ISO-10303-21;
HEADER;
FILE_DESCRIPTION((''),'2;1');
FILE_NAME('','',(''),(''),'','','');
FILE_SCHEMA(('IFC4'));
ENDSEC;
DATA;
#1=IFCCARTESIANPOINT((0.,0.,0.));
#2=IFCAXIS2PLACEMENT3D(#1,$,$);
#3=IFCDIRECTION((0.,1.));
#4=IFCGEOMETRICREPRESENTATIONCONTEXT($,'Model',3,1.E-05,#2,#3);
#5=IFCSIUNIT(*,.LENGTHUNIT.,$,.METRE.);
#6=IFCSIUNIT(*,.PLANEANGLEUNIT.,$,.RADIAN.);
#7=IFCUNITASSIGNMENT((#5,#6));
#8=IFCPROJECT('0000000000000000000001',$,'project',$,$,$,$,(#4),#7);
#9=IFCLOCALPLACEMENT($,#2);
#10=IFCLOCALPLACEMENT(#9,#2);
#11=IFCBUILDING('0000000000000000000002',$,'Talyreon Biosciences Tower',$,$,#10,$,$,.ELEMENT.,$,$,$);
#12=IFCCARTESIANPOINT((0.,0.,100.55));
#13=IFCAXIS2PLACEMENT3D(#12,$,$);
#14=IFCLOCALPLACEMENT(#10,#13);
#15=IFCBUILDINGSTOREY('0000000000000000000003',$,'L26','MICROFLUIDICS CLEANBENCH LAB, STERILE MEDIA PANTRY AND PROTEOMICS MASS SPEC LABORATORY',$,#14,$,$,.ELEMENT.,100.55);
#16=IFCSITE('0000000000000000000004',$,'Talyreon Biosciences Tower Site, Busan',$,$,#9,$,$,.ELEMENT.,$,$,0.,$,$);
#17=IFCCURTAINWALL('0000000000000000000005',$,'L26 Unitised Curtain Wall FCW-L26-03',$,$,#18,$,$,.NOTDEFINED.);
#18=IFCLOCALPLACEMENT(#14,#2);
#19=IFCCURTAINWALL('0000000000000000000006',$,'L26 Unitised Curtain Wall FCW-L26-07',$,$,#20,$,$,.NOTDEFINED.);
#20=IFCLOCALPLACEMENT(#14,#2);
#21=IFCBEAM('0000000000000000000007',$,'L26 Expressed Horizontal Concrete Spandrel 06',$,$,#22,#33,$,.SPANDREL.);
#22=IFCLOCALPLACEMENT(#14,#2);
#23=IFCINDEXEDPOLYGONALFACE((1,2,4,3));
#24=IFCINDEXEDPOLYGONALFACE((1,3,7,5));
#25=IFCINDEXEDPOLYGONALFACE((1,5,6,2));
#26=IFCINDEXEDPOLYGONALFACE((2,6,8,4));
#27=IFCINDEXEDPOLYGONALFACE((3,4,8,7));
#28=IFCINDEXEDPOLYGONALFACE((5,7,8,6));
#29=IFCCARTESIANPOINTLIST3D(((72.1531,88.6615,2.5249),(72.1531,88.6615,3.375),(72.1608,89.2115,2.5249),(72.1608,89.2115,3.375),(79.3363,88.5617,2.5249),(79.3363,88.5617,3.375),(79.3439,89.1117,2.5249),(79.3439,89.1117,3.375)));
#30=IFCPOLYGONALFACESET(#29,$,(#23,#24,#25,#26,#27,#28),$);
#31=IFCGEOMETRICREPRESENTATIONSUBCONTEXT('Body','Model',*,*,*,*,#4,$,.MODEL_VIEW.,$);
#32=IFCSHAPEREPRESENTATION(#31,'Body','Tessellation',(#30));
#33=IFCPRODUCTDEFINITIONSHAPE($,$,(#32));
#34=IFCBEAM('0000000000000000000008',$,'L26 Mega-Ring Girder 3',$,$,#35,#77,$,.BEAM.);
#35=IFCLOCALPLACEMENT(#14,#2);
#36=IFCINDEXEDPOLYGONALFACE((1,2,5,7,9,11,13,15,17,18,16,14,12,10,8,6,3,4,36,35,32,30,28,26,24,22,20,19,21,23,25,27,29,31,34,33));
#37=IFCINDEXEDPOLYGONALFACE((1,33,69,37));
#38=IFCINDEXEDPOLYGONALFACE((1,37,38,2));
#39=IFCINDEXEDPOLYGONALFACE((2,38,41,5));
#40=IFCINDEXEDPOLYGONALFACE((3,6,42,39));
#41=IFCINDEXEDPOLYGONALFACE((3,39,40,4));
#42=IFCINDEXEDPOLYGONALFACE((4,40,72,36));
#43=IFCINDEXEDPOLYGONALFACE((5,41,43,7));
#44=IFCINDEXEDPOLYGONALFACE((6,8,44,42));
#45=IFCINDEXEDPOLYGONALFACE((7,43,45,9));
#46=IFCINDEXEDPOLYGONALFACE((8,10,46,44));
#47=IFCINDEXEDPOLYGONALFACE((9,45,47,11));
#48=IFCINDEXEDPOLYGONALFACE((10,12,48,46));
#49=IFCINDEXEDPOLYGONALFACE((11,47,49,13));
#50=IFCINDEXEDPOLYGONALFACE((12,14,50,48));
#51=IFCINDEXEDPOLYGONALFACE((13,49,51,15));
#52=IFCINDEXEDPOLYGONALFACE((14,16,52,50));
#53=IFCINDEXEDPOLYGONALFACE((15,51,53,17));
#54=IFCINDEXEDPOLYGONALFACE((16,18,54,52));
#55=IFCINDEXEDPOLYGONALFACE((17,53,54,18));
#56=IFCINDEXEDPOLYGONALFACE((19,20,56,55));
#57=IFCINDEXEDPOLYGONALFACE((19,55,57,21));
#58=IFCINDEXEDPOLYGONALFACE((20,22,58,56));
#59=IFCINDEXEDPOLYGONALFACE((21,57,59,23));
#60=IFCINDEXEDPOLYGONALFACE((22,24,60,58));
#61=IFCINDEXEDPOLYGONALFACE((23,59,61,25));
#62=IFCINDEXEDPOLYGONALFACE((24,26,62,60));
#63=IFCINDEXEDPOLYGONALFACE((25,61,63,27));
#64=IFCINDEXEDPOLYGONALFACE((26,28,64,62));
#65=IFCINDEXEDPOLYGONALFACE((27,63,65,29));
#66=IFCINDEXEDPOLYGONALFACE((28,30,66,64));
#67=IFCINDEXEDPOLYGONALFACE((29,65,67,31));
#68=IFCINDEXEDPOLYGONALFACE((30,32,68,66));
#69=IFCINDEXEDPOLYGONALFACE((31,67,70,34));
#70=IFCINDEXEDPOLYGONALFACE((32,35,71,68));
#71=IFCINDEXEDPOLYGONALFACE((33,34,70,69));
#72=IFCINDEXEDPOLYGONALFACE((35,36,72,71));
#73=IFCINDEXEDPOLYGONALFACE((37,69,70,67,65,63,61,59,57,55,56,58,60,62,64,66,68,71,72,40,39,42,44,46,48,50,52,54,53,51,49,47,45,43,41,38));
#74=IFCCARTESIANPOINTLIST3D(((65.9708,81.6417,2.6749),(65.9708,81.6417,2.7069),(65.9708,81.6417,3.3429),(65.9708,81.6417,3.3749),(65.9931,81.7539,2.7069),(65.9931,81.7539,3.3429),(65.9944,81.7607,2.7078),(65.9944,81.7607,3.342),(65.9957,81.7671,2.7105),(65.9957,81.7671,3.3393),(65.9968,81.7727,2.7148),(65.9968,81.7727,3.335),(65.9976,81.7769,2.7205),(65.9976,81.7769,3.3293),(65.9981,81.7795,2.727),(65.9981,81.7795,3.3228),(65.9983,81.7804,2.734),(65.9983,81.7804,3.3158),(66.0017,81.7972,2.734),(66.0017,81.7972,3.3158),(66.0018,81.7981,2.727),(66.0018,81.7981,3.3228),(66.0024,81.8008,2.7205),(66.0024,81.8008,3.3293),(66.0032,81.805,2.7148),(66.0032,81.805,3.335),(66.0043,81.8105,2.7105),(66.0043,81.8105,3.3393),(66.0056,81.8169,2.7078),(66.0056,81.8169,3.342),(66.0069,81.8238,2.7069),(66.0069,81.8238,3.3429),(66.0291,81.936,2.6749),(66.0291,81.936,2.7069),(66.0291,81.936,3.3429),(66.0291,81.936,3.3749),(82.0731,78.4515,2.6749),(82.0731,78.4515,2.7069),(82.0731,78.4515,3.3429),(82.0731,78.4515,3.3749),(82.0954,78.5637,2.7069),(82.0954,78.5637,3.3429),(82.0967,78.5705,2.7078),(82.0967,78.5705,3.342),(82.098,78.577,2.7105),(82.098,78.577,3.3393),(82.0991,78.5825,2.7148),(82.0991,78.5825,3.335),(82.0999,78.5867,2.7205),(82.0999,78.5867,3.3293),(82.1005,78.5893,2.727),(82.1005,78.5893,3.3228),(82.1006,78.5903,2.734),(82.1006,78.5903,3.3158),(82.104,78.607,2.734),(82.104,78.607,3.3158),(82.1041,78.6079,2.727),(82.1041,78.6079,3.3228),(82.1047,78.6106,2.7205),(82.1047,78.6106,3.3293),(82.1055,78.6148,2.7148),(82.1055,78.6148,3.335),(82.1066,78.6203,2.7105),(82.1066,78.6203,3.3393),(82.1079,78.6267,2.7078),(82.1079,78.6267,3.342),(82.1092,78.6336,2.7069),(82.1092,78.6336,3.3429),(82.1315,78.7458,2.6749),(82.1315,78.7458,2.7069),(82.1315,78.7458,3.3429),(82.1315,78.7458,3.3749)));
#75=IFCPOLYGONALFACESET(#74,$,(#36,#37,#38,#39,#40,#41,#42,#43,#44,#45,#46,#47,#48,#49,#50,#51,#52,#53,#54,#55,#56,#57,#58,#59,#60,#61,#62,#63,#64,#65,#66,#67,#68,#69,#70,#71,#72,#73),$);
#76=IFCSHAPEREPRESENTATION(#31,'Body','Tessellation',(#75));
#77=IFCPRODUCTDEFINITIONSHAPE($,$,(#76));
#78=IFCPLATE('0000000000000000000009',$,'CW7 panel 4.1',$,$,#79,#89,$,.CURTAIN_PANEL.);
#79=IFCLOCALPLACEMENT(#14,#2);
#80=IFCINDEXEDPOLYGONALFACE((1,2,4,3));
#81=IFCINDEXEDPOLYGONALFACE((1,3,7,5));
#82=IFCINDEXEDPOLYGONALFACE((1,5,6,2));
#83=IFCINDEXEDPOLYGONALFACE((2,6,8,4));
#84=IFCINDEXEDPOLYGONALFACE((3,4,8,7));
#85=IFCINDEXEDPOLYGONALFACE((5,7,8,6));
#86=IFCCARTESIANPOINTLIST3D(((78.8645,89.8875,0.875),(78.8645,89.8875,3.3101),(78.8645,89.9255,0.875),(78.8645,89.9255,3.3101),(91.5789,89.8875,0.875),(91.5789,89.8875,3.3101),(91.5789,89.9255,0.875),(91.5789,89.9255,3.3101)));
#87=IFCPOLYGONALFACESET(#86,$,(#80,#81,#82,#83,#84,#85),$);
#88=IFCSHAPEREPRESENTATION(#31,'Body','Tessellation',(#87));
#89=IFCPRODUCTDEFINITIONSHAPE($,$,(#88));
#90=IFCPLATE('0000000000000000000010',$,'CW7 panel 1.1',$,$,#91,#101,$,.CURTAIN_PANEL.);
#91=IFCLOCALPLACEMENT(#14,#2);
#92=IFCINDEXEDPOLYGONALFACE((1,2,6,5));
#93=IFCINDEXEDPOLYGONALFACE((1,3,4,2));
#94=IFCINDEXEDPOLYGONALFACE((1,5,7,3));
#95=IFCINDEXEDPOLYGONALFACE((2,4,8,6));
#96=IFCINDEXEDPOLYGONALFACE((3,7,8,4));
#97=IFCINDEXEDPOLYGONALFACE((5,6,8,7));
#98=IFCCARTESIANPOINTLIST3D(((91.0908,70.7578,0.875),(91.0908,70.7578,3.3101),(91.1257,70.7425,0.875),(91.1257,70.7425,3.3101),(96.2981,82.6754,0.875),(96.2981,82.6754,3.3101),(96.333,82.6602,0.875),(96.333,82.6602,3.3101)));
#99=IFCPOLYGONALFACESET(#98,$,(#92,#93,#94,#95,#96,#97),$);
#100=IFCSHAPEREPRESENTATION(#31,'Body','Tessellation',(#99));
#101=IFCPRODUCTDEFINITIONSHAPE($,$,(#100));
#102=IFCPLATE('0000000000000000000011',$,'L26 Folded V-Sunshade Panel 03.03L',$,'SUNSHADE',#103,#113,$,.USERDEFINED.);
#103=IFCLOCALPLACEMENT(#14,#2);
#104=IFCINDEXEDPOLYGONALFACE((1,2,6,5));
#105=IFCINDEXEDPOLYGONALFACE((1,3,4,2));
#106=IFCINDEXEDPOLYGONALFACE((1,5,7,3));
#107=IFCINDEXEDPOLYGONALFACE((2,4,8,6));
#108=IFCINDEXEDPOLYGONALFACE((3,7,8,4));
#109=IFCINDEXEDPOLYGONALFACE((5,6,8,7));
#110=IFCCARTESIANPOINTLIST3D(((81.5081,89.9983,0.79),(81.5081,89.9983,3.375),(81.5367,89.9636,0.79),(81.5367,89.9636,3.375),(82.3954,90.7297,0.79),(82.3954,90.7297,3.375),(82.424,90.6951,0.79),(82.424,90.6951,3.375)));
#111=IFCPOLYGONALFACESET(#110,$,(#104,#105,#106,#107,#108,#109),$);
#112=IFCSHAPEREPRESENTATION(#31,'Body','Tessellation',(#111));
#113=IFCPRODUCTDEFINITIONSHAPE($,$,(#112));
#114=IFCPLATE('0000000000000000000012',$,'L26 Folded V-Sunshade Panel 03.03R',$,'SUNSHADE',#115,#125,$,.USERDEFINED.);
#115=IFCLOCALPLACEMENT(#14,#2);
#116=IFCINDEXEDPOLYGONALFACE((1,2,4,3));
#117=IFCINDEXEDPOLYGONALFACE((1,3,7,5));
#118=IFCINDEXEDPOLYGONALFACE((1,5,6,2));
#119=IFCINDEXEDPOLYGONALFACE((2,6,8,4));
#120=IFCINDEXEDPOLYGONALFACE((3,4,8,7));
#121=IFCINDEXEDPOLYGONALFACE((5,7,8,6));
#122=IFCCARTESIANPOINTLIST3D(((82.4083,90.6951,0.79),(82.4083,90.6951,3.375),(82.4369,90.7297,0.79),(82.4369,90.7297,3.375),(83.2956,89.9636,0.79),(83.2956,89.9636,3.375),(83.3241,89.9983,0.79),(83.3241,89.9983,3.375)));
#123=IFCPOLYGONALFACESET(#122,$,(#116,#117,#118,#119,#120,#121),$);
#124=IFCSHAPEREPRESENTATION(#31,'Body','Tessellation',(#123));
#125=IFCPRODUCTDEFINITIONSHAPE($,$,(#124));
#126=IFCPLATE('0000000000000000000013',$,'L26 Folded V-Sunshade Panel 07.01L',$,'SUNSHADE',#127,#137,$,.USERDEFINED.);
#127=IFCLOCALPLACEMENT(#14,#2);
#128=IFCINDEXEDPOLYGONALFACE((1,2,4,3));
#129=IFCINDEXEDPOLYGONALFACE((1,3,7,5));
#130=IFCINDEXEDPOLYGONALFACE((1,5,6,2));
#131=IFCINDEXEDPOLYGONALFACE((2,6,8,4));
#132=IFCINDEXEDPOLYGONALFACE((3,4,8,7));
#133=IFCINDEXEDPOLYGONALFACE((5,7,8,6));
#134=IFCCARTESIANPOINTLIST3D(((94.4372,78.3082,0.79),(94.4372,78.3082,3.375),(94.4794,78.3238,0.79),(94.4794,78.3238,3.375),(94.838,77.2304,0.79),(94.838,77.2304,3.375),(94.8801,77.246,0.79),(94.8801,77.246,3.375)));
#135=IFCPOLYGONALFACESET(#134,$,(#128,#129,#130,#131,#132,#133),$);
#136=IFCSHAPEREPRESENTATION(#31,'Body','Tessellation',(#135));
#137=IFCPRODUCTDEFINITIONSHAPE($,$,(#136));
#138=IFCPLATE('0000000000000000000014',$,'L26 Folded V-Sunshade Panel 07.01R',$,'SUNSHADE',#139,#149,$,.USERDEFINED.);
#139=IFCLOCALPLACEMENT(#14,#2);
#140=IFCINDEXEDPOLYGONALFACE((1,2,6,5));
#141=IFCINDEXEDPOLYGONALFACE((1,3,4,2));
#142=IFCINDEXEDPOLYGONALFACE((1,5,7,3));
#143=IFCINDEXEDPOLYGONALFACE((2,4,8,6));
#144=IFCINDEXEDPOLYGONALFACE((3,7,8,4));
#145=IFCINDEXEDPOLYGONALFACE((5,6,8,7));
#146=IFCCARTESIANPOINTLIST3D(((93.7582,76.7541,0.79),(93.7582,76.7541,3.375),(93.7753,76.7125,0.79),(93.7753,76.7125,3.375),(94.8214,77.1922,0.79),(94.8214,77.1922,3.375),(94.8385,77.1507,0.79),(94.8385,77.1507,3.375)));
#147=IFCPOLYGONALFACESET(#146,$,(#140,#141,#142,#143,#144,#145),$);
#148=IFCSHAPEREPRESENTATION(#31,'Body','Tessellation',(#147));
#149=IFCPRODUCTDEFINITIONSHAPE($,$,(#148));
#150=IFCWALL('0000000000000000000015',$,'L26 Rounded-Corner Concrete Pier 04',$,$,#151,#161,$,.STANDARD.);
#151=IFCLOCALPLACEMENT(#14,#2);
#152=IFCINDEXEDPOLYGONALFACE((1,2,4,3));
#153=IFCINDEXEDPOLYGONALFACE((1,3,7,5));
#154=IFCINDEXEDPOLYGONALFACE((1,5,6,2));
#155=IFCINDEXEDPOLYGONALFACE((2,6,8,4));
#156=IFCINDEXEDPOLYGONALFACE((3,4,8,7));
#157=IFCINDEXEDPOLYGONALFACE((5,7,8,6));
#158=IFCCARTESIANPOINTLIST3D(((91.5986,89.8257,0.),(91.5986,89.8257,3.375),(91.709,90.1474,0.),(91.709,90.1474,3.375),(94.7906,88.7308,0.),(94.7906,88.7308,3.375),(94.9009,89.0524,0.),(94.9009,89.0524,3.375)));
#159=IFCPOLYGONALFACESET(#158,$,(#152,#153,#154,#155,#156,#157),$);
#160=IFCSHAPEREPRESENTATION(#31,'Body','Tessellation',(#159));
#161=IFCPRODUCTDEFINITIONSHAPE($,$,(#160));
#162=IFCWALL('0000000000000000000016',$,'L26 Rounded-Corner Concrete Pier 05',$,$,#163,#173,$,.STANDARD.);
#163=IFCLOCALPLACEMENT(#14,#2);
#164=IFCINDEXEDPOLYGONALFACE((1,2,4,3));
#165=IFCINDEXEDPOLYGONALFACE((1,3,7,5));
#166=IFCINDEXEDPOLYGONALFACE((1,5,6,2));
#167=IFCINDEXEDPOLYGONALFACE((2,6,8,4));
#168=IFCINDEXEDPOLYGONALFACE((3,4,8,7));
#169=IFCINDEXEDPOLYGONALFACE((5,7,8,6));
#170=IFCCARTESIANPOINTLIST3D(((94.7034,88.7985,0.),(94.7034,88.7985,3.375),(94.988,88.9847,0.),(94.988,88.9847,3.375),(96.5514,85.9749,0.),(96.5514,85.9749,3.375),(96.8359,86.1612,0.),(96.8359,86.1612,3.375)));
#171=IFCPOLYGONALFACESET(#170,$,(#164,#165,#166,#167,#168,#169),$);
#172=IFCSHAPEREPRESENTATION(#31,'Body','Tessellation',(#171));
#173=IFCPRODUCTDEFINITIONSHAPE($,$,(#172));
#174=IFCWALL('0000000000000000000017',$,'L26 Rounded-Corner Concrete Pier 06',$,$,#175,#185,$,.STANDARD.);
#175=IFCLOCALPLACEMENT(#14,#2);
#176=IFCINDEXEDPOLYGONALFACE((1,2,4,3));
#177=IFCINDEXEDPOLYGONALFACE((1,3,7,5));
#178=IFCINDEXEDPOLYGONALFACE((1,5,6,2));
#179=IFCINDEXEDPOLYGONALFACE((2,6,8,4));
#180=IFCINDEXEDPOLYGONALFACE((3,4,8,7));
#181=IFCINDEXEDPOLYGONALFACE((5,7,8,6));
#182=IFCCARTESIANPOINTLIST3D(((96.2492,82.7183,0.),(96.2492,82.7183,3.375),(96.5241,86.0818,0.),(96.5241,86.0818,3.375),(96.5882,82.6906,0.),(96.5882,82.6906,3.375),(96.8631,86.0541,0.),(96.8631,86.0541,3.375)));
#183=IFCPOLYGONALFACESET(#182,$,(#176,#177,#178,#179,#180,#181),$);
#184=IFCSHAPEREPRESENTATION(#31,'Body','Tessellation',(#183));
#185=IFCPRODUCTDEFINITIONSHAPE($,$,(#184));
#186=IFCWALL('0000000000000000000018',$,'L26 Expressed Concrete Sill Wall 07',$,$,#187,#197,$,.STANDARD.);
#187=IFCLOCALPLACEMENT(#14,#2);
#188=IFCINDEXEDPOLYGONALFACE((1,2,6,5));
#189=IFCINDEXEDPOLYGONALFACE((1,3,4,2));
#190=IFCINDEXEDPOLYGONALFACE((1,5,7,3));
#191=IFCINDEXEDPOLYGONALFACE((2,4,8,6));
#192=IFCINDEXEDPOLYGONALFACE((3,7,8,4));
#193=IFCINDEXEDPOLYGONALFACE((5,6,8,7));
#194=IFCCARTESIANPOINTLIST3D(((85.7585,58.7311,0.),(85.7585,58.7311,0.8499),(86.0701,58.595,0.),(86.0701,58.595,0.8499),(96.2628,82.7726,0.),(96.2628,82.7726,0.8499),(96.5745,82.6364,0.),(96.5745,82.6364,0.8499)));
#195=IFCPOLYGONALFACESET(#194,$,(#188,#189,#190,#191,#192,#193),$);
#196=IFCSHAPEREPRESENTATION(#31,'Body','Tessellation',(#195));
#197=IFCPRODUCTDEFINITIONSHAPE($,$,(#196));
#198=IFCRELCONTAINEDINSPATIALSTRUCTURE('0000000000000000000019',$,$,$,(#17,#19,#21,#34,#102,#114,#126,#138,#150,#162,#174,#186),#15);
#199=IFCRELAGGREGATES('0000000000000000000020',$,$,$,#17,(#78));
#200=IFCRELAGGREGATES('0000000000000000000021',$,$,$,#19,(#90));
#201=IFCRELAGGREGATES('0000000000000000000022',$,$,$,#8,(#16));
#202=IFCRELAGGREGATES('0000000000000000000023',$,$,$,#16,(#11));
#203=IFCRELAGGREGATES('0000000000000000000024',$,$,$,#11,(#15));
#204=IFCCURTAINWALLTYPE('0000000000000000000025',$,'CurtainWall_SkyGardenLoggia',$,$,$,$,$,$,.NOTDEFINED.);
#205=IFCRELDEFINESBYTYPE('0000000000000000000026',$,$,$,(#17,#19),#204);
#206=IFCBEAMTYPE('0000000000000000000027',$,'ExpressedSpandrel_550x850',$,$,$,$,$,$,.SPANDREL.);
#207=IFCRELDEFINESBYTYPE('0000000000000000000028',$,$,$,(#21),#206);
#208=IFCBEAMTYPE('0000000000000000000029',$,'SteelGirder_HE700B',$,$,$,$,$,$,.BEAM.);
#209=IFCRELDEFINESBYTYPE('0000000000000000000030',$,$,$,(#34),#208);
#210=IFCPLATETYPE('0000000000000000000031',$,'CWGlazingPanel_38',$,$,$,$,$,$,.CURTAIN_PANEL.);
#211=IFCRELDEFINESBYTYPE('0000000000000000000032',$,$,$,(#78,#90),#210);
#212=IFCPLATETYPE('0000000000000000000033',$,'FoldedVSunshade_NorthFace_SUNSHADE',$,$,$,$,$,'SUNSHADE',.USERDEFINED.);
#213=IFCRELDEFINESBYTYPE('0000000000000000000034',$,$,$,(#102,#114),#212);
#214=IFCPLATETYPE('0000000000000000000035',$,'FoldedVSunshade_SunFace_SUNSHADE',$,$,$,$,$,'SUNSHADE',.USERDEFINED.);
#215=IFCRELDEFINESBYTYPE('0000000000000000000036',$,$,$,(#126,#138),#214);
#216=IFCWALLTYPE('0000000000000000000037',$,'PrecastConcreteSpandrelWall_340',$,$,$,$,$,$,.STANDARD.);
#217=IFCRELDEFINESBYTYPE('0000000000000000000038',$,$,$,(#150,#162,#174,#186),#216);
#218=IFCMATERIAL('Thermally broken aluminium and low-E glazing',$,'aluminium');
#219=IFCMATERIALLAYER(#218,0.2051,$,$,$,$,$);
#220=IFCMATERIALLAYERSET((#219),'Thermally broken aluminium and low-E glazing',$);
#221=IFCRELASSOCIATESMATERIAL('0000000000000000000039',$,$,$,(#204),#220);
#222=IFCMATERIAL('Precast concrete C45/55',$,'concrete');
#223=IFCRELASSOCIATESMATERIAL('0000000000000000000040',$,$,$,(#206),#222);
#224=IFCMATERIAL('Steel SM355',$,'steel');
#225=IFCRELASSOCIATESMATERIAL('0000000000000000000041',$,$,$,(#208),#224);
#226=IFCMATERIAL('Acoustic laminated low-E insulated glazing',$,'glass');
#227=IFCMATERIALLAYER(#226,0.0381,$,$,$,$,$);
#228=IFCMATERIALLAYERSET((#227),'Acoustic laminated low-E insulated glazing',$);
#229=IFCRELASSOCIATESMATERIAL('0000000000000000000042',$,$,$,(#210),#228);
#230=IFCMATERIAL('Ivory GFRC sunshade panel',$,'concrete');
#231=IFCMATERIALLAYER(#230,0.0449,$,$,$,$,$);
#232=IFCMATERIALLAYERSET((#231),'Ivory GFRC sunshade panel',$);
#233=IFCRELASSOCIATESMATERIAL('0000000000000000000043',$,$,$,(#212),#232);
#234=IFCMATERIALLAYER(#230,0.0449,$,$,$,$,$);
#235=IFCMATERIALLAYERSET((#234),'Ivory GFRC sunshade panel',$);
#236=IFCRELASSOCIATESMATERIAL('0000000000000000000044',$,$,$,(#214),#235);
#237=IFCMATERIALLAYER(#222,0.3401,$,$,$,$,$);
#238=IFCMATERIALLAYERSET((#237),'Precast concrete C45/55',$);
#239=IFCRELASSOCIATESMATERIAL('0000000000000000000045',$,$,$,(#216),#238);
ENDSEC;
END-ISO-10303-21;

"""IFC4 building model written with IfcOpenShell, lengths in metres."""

from ifc_helpers import new_model, si_unit, direction, frame, frame_2d, origin, origin_2d, place, context, subcontext, project, spatial, rectangle, i_section, extrude, material, layer, layer_set, material_profile, profile_set, type_object, element, aggregate, save


model = new_model("IFC4")

# Units and contexts
model_context = context("Model", 3, precision=1e-05, world=origin(), true_north=direction((0.0, 1.0)))
body_context = subcontext(model_context, "Body", "Model", "MODEL_VIEW")
ifc_project = project(units=[si_unit("LENGTHUNIT", "METRE"), si_unit("PLANEANGLEUNIT", "RADIAN")], contexts=[model_context])

# Site, building, storey
site_placement = place(None, origin())
site = spatial("IfcSite", under=ifc_project, at=site_placement, Name="Talyreon Biosciences Tower Site, Busan", CompositionType="ELEMENT", RefElevation=0.0)
building_placement = place(site_placement, origin())
building = spatial("IfcBuilding", under=site, at=building_placement, Name="Talyreon Biosciences Tower", CompositionType="ELEMENT")
storey_placement = place(building_placement, frame((0.0, 0.0, 100.55)))
storey = spatial("IfcBuildingStorey", under=building, at=storey_placement, Name="L26", Description="MICROFLUIDICS CLEANBENCH LAB, STERILE MEDIA PANTRY AND PROTEOMICS MASS SPEC LABORATORY", CompositionType="ELEMENT", Elevation=100.55)

# Curtain walls
ifc_material_1 = material(Name="Thermally broken aluminium and low-E glazing", Category="aluminium")
ifc_layer_1 = layer(ifc_material_1, 0.2051)
ifc_layer_set_1 = layer_set([ifc_layer_1], Name="Thermally broken aluminium and low-E glazing")
curtain_wall_type = type_object("IfcCurtainWallType", Name="CurtainWall_SkyGardenLoggia", PredefinedType="NOTDEFINED", material=ifc_layer_set_1)
curtain_wall_1_placement = place(storey_placement, origin())
curtain_wall_1 = element("IfcCurtainWall", 1, at=curtain_wall_1_placement, inside=storey, type_object=curtain_wall_type, Name="L26 Unitised Curtain Wall FCW-L26-03", PredefinedType="NOTDEFINED")
curtain_wall_2_placement = place(storey_placement, origin())
curtain_wall_2 = element("IfcCurtainWall", 2, at=curtain_wall_2_placement, inside=storey, type_object=curtain_wall_type, Name="L26 Unitised Curtain Wall FCW-L26-07", PredefinedType="NOTDEFINED")

# Beams
ifc_material_2 = material(Name="Precast concrete C45/55", Category="concrete")
ifc_material_profile_1 = material_profile(ifc_material_2, rectangle(XDim=0.55, YDim=0.8501, at=origin_2d()), Name="RCB 550x850")
ifc_profile_set_1 = profile_set([ifc_material_profile_1], Name="Precast concrete C45/55")
beam_type_1 = type_object("IfcBeamType", Name="ExpressedSpandrel_550x850", PredefinedType="SPANDREL", material=ifc_profile_set_1)
beam_1_placement = place(storey_placement, frame((79.3401, 88.8367, 2.95), z_axis=(-0.999903, 0.0139, 0.0), x_axis=(-0.0139, -0.999903, 0.0)))
element("IfcBeam", 3, at=beam_1_placement, inside=storey, type_object=beam_type_1, Name="L26 Expressed Horizontal Concrete Spandrel 06", PredefinedType="SPANDREL", context=body_context, shape_type="SweptSolid", body=[
    extrude(rectangle(XDim=0.55, YDim=0.8501, at=origin_2d()), origin(), (0.0, 0.0, 1.0), 7.1838),
])
ifc_material_3 = material(Name="Steel SM355", Category="steel")
ifc_material_profile_2 = material_profile(ifc_material_3, i_section(OverallWidth=0.3, OverallDepth=0.7, WebThickness=0.0171, FlangeThickness=0.032, FilletRadius=0.0271, at=origin_2d()), Name="HE700B")
ifc_profile_set_2 = profile_set([ifc_material_profile_2], Name="Steel SM355")
beam_type_2 = type_object("IfcBeamType", Name="SteelGirder_HE700B", PredefinedType="BEAM", material=ifc_profile_set_2)
beam_2_placement = place(storey_placement, frame((82.1023, 78.5986, 3.0249), z_axis=(-0.980934, 0.194343, 0.0), x_axis=(-0.194343, -0.980934, 0.0)))
element("IfcBeam", 4, at=beam_2_placement, inside=storey, type_object=beam_type_2, Name="L26 Mega-Ring Girder 3", PredefinedType="BEAM", context=body_context, shape_type="SweptSolid", body=[
    extrude(i_section(OverallWidth=0.3, OverallDepth=0.7, WebThickness=0.0171, FlangeThickness=0.032, FilletRadius=0.0271, at=origin_2d()), origin(), (0.0, 0.0, 1.0), 16.4153),
])

# Plates
ifc_material_4 = material(Name="Acoustic laminated low-E insulated glazing", Category="glass")
ifc_layer_2 = layer(ifc_material_4, 0.0381)
ifc_layer_set_2 = layer_set([ifc_layer_2], Name="Acoustic laminated low-E insulated glazing")
plate_type_1 = type_object("IfcPlateType", Name="CWGlazingPanel_38", PredefinedType="CURTAIN_PANEL", material=ifc_layer_set_2)
plate_1_placement = place(storey_placement, frame((85.2217, 89.9065, 0.875), z_axis=(0.0, 0.0, 1.0), x_axis=(1.0, 0.0, 0.0)))
plate_1 = element("IfcPlate", 5, at=plate_1_placement, type_object=plate_type_1, Name="CW7 panel 4.1", PredefinedType="CURTAIN_PANEL", context=body_context, shape_type="SweptSolid", body=[
    extrude(rectangle(XDim=12.7144, YDim=0.0381, at=origin_2d()), origin(), (0.0, 0.0, 1.0), 2.4351),
])
aggregate(curtain_wall_1, [plate_1])
plate_2_placement = place(storey_placement, frame((93.7119, 76.709, 0.875), z_axis=(0.0, 0.0, 1.0), x_axis=(-0.400385, -0.916347, 0.0)))
plate_2 = element("IfcPlate", 6, at=plate_2_placement, type_object=plate_type_1, Name="CW7 panel 1.1", PredefinedType="CURTAIN_PANEL", context=body_context, shape_type="SweptSolid", body=[
    extrude(rectangle(XDim=13.0056, YDim=0.0381, at=origin_2d()), origin(), (0.0, 0.0, 1.0), 2.4351),
])
aggregate(curtain_wall_2, [plate_2])

# Plates
ifc_material_5 = material(Name="Ivory GFRC sunshade panel", Category="concrete")
ifc_layer_3 = layer(ifc_material_5, 0.0449)
ifc_layer_set_3 = layer_set([ifc_layer_3], Name="Ivory GFRC sunshade panel")
plate_type_2 = type_object("IfcPlateType", Name="FoldedVSunshade_NorthFace_SUNSHADE", ElementType="SUNSHADE", PredefinedType="USERDEFINED", material=ifc_layer_set_3)
for number, where, z_axis, x_axis, name in (
    (7, (81.9661, 90.3467, 0.79), (0.0, 0.0, 1.0), (0.771625, 0.636078, 0.0), "L26 Folded V-Sunshade Panel 03.03L"),
    (8, (82.8662, 90.3467, 0.79), (0.0, 0.0, 1.0), (0.771625, -0.636078, 0.0), "L26 Folded V-Sunshade Panel 03.03R"),
):
    element("IfcPlate", number, at=place(storey_placement, frame(where, z_axis=z_axis, x_axis=x_axis)), inside=storey, type_object=plate_type_2, Name=name, ObjectType="SUNSHADE", PredefinedType="USERDEFINED", context=body_context, shape_type="SweptSolid", body=[
        extrude(rectangle(XDim=1.1499, YDim=0.0449, at=origin_2d()), origin(), (0.0, 0.0, 1.0), 2.585),
    ])
ifc_layer_4 = layer(ifc_material_5, 0.0449)
ifc_layer_set_4 = layer_set([ifc_layer_4], Name="Ivory GFRC sunshade panel")
plate_type_3 = type_object("IfcPlateType", Name="FoldedVSunshade_SunFace_SUNSHADE", ElementType="SUNSHADE", PredefinedType="USERDEFINED", material=ifc_layer_set_4)
for number, where, z_axis, x_axis, name in (
    (9, (94.6587, 77.7771, 0.79), (0.0, 0.0, 1.0), (0.348539, -0.937294, 0.0), "L26 Folded V-Sunshade Panel 07.01L"),
    (10, (94.2983, 76.9524, 0.79), (0.0, 0.0, 1.0), (-0.924559, -0.381038, 0.0), "L26 Folded V-Sunshade Panel 07.01R"),
):
    element("IfcPlate", number, at=place(storey_placement, frame(where, z_axis=z_axis, x_axis=x_axis)), inside=storey, type_object=plate_type_3, Name=name, ObjectType="SUNSHADE", PredefinedType="USERDEFINED", context=body_context, shape_type="SweptSolid", body=[
        extrude(rectangle(XDim=1.1499, YDim=0.0449, at=origin_2d()), origin(), (0.0, 0.0, 1.0), 2.585),
    ])

# Walls
ifc_layer_5 = layer(ifc_material_2, 0.3401)
ifc_layer_set_5 = layer_set([ifc_layer_5], Name="Precast concrete C45/55")
wall_type = type_object("IfcWallType", Name="PrecastConcreteSpandrelWall_340", PredefinedType="STANDARD", material=ifc_layer_set_5)
for number, where, z_axis, x_axis, name in (
    (11, (91.6538, 89.9866, 0.0), (0.0, 0.0, 1.0), (0.945891, -0.324485, 0.0), "L26 Rounded-Corner Concrete Pier 04"),
    (12, (94.8457, 88.8916, 0.0), (0.0, 0.0, 1.0), (0.547618, -0.836729, 0.0), "L26 Rounded-Corner Concrete Pier 05"),
):
    element("IfcWall", number, at=place(storey_placement, frame(where, z_axis=z_axis, x_axis=x_axis)), inside=storey, type_object=wall_type, Name=name, PredefinedType="STANDARD", context=body_context, shape_type="SweptSolid", body=[
        extrude(rectangle(XDim=3.3745, YDim=0.3401, at=frame_2d((1.6873, 0.0))), origin(), (0.0, 0.0, 1.0), 3.375),
    ])
wall_1_placement = place(storey_placement, frame((96.6936, 86.0681, 0.0), z_axis=(0.0, 0.0, 1.0), x_axis=(-0.081459, -0.996677, 0.0)))
element("IfcWall", 13, at=wall_1_placement, inside=storey, type_object=wall_type, Name="L26 Rounded-Corner Concrete Pier 06", PredefinedType="STANDARD", context=body_context, shape_type="SweptSolid", body=[
    extrude(rectangle(XDim=3.3748, YDim=0.3401, at=frame_2d((1.6875, 0.0))), origin(), (0.0, 0.0, 1.0), 3.375),
])
wall_2_placement = place(storey_placement, frame((96.4187, 82.7046, 0.0), z_axis=(0.0, 0.0, 1.0), x_axis=(-0.400378, -0.91635, 0.0)))
element("IfcWall", 14, at=wall_2_placement, inside=storey, type_object=wall_type, Name="L26 Expressed Concrete Sill Wall 07", PredefinedType="STANDARD", context=body_context, shape_type="SweptSolid", body=[
    extrude(rectangle(XDim=26.2361, YDim=0.3401, at=frame_2d((13.1182, 0.0))), origin(), (0.0, 0.0, 1.0), 0.8499),
])

save(model, "model.ifc")
